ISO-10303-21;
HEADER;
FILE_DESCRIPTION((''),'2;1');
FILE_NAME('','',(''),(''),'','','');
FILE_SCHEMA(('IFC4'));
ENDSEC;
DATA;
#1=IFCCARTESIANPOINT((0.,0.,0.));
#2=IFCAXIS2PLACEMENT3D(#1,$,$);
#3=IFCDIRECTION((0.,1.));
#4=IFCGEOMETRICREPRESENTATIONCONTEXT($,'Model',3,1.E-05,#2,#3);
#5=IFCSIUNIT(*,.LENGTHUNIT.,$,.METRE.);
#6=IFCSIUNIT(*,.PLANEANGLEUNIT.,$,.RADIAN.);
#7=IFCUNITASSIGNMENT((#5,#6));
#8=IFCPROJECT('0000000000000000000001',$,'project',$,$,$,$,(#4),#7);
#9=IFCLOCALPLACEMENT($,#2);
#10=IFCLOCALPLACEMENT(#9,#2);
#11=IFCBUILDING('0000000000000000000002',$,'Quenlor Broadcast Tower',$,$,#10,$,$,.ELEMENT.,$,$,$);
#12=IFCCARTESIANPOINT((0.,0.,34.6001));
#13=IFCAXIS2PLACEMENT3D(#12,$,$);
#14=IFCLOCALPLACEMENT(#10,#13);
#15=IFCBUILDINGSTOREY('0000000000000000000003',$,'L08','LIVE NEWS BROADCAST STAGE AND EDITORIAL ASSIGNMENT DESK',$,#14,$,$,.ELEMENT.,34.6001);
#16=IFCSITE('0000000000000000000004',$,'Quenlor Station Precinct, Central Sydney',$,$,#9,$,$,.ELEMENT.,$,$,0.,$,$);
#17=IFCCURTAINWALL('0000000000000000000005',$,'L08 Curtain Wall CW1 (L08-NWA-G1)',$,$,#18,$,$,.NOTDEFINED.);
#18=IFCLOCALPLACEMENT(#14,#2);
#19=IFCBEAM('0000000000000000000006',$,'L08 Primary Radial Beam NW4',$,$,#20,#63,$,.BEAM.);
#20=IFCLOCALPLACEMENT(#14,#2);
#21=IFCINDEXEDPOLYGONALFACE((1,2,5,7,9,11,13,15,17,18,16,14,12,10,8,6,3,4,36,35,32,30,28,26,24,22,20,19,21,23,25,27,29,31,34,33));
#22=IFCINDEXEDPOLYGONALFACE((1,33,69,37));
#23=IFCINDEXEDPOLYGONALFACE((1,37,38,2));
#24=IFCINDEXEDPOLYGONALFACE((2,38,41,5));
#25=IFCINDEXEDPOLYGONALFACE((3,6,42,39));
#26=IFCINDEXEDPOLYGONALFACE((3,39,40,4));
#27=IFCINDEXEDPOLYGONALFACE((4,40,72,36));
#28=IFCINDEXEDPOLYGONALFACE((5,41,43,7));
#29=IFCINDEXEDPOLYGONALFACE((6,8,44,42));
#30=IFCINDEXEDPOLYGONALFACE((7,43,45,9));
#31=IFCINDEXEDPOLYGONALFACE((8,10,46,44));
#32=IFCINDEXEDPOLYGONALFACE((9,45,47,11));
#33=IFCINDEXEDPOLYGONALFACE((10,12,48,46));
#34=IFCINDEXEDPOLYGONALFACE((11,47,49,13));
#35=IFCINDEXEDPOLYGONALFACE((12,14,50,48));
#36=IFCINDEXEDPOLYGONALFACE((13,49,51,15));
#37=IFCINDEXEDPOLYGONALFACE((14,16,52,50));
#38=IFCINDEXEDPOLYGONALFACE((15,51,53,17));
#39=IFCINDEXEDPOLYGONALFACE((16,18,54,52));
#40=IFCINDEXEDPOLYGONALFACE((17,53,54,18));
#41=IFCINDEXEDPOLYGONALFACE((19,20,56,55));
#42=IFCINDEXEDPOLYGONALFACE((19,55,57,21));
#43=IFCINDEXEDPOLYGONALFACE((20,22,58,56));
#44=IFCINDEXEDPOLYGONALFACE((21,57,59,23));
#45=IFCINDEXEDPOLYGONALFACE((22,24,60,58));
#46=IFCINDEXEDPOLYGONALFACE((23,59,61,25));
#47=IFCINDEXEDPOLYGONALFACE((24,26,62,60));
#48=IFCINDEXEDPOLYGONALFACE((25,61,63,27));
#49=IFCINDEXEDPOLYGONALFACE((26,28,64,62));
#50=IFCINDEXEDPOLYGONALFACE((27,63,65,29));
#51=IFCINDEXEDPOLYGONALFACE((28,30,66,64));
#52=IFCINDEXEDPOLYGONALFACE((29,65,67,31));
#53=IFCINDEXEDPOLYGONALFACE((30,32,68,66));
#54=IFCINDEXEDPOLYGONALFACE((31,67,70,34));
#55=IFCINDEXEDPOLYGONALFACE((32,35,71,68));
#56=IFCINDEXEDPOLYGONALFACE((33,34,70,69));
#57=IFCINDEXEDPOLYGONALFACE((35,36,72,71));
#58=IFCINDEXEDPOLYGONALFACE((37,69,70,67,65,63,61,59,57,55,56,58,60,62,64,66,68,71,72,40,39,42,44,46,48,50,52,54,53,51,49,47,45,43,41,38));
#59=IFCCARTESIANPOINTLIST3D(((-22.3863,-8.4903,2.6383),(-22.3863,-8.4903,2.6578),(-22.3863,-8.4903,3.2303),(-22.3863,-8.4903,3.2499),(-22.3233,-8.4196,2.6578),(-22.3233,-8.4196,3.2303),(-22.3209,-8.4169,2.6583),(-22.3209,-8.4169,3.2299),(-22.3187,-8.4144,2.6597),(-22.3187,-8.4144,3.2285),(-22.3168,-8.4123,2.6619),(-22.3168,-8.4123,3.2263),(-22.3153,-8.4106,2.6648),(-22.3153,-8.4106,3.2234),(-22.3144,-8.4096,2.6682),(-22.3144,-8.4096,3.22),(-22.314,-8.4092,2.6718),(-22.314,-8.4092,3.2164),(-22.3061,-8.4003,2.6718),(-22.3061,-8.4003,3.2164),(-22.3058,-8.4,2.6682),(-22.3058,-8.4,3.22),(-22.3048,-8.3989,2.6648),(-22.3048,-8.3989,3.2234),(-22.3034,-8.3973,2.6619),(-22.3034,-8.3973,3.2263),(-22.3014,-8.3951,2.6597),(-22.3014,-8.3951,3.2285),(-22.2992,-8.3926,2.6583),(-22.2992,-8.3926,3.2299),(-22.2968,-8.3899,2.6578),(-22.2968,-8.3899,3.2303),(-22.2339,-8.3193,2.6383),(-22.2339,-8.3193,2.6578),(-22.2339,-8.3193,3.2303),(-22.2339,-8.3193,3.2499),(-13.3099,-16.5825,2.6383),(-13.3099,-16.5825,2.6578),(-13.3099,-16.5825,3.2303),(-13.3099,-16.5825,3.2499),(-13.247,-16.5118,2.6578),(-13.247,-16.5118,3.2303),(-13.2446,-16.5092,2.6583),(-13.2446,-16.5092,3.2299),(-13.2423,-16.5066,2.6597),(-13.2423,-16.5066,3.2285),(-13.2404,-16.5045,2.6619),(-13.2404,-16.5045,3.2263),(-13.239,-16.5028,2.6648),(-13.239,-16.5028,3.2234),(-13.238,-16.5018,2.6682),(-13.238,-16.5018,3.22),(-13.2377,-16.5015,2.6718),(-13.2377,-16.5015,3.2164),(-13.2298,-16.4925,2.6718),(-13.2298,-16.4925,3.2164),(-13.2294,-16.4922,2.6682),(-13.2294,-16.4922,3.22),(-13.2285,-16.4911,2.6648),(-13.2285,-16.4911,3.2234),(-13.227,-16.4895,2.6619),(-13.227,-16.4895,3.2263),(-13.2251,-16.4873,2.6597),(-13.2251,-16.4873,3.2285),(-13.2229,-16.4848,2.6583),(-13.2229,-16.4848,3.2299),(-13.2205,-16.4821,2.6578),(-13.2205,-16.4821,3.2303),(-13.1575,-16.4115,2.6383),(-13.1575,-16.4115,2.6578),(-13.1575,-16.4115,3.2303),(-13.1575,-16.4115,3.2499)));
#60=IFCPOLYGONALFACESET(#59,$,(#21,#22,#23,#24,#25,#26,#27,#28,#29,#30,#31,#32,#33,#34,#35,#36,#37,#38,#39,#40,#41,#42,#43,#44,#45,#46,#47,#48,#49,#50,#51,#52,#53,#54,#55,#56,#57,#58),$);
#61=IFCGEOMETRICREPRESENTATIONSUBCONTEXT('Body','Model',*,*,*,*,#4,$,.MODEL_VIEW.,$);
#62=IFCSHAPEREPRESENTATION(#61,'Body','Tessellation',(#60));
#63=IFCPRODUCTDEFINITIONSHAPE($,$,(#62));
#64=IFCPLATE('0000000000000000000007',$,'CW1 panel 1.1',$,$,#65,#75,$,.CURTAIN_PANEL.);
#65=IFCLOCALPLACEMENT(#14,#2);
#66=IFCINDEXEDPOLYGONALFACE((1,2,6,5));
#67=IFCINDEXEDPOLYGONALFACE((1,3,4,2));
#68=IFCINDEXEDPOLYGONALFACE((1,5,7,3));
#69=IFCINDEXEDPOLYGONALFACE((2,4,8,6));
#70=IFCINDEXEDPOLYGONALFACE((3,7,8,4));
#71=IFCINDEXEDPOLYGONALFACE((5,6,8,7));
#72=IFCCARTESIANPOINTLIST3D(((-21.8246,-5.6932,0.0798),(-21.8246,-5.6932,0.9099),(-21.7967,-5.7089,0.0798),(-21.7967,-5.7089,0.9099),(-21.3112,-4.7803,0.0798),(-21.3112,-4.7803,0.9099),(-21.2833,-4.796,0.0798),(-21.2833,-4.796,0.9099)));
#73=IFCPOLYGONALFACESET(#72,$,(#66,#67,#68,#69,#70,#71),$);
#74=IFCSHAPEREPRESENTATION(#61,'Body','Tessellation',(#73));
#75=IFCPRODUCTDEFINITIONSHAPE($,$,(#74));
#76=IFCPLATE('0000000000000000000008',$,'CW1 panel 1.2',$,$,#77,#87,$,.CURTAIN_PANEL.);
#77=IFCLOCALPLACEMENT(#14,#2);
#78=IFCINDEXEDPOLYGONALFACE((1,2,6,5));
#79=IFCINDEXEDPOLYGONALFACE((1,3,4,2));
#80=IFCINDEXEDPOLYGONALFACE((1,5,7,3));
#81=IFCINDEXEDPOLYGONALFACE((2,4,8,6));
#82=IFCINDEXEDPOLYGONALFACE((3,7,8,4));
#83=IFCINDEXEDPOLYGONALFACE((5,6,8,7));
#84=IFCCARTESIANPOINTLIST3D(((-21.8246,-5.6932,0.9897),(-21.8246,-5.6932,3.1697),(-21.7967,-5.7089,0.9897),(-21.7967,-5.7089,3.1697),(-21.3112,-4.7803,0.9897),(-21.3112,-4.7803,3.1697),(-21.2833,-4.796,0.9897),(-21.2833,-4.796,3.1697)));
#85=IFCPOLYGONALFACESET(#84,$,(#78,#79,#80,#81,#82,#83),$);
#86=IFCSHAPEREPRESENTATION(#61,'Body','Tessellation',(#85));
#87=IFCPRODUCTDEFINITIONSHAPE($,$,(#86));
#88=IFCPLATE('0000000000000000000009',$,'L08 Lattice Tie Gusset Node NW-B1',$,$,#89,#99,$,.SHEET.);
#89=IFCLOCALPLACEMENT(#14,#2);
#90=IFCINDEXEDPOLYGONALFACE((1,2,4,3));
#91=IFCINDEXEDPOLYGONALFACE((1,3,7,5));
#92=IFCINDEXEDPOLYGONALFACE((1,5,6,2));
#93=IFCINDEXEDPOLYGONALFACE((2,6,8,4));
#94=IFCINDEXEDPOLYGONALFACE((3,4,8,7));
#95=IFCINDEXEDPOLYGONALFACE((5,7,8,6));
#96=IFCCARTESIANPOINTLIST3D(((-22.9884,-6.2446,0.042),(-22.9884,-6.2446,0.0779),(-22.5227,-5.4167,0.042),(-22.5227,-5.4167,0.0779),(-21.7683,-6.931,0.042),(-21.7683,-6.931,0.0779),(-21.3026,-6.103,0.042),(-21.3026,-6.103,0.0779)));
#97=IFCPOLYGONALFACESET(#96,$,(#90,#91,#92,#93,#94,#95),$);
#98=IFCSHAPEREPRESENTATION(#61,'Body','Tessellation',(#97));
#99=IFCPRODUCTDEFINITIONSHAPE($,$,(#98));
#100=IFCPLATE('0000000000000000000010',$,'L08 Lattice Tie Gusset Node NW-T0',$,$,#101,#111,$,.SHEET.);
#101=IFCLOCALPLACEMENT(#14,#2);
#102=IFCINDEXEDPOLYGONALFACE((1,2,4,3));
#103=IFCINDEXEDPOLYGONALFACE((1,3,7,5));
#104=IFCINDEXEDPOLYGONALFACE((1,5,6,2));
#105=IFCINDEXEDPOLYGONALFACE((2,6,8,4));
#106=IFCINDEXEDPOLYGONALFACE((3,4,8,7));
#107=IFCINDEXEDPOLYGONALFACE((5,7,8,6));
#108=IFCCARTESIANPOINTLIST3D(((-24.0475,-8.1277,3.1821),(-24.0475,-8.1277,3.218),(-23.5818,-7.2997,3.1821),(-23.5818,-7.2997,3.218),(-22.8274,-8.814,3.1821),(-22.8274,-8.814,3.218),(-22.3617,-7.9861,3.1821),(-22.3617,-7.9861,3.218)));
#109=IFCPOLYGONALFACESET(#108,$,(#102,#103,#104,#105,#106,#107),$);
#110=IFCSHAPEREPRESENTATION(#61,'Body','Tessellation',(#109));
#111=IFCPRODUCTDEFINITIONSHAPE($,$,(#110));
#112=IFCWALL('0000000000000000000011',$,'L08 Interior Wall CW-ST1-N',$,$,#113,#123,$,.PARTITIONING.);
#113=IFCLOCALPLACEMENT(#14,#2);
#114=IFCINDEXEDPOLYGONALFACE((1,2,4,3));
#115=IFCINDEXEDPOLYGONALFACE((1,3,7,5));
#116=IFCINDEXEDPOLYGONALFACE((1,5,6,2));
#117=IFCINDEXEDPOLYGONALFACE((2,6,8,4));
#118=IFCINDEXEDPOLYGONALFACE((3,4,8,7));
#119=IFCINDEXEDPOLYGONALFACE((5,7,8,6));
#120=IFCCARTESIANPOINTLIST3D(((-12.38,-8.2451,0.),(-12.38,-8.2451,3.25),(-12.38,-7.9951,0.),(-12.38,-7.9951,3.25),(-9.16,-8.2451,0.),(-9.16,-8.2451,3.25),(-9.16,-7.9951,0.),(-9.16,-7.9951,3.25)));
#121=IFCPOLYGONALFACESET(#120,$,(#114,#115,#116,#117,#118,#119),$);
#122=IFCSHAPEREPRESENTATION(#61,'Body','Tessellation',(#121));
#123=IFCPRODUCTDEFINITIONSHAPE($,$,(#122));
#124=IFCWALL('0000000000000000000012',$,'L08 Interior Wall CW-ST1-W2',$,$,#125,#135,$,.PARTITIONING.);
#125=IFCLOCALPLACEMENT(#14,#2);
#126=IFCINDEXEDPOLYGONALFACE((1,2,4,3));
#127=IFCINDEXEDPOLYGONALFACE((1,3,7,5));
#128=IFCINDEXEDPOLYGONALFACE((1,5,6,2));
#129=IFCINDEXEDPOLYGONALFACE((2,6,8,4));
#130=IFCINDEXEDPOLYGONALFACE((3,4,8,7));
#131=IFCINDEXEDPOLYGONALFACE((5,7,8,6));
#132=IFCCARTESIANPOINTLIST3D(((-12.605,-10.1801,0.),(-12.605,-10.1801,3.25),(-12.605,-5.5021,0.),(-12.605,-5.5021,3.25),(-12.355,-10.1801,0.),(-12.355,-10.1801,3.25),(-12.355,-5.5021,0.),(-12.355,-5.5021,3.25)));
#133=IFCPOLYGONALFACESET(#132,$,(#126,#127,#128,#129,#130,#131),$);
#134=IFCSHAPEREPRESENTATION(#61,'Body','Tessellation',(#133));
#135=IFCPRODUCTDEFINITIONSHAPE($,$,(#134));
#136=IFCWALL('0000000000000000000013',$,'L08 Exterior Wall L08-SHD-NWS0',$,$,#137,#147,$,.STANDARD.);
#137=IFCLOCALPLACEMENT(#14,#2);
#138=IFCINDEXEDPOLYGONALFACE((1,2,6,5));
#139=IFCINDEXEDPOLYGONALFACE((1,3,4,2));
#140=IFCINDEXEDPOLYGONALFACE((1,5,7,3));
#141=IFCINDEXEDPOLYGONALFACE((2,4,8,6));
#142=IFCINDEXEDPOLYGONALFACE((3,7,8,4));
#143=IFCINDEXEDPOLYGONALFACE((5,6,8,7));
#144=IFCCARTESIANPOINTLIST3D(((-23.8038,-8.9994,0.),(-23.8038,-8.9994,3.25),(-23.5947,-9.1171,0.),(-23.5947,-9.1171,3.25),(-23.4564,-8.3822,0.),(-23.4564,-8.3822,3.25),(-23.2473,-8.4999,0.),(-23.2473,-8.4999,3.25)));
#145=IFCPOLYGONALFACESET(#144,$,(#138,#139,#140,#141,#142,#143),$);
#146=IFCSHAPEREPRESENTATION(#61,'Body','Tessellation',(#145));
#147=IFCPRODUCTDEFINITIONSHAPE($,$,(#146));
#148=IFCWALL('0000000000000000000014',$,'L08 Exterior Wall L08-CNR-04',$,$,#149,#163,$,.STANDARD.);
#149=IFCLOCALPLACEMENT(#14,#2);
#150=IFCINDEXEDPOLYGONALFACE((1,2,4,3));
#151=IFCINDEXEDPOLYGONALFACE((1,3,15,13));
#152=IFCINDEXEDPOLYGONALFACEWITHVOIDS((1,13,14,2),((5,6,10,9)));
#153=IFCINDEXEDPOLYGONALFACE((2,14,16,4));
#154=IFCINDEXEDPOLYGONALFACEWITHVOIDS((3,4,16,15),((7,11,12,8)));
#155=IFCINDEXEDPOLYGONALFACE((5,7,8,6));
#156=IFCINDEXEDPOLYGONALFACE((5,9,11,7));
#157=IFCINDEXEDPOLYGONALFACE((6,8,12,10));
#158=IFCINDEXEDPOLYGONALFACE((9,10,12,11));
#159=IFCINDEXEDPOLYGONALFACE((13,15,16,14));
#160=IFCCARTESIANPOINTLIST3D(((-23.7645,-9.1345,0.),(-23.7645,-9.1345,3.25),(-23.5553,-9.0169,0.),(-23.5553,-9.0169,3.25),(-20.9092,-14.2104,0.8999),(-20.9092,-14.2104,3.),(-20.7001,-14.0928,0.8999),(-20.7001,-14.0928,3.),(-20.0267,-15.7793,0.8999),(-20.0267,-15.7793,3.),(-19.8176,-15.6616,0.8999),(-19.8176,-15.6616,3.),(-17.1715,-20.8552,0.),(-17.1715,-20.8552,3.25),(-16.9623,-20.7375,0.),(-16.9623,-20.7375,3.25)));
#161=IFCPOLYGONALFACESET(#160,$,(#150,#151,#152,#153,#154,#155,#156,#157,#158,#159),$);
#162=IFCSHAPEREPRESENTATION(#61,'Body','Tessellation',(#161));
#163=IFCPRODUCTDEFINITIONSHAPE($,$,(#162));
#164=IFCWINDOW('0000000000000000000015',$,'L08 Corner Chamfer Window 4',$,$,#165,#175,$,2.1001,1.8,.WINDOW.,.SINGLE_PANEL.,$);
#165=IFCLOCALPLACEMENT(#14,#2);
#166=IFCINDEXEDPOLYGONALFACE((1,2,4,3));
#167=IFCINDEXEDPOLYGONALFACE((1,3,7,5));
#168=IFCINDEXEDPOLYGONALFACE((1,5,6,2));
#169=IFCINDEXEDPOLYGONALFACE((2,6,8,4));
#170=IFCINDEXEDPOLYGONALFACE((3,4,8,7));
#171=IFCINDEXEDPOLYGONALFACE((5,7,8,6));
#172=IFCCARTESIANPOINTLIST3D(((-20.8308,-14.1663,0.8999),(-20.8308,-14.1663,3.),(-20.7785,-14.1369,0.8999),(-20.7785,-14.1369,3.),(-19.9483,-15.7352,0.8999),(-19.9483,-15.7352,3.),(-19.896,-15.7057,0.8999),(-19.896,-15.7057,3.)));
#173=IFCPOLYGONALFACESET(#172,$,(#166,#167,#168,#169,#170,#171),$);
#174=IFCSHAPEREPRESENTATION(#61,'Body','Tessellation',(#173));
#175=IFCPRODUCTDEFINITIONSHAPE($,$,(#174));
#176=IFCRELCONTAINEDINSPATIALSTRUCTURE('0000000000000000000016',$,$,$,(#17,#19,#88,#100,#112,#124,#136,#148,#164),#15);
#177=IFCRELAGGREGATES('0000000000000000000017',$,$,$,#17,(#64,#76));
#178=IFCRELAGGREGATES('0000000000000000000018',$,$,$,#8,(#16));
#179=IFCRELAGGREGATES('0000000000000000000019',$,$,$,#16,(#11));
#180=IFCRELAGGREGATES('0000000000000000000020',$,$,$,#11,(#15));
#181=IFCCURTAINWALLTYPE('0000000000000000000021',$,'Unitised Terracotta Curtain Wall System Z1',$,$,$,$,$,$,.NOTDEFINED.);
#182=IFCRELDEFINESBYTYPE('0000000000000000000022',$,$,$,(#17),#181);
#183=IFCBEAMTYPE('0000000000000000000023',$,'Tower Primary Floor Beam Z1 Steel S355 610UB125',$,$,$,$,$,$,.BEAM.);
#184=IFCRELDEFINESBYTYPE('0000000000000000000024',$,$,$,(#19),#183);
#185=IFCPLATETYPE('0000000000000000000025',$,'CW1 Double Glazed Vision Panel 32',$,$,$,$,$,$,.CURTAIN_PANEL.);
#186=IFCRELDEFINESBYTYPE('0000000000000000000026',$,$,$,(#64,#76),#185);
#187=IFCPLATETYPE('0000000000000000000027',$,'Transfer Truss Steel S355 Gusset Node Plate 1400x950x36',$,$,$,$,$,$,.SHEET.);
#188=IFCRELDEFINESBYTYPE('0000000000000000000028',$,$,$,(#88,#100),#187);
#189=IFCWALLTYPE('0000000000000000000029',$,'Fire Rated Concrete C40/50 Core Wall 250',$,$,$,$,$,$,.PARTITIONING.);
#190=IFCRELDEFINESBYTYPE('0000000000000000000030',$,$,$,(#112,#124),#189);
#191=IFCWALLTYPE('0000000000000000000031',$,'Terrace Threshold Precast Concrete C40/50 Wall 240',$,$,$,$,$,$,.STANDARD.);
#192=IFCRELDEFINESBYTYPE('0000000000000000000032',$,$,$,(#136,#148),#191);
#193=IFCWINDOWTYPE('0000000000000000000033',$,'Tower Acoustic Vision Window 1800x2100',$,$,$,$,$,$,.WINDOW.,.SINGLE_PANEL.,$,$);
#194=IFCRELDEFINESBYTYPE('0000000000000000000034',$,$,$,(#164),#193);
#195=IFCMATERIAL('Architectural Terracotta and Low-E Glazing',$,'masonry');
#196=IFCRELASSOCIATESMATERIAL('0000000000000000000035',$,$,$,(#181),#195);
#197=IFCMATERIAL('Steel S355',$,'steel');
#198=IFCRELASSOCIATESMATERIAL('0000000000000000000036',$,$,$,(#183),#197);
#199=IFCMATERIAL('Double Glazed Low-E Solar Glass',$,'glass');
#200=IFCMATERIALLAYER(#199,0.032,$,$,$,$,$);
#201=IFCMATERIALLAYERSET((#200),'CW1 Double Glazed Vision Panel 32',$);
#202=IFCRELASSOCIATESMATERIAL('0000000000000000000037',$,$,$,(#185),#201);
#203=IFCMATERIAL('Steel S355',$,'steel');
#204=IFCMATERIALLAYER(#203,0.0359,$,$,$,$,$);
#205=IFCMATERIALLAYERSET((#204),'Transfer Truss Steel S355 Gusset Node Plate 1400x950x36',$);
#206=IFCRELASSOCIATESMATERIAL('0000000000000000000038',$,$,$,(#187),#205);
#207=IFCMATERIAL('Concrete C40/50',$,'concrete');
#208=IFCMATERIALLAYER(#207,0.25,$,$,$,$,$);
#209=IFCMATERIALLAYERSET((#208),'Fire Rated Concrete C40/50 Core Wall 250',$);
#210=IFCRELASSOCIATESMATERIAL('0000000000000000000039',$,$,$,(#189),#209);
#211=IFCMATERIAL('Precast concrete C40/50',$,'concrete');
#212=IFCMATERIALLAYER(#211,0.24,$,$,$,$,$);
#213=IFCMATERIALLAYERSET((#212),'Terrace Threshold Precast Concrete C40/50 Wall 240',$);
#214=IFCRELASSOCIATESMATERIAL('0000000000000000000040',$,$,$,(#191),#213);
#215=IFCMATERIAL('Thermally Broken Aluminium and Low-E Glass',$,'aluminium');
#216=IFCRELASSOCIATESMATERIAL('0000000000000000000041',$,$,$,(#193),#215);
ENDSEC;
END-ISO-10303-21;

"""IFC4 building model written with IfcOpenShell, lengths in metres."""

from ifc_helpers import new_model, si_unit, direction, frame, frame_2d, origin, origin_2d, place, context, subcontext, project, spatial, rectangle, i_section, extrude, material, layer, layer_set, material_profile, profile_set, type_object, element, fill, aggregate, save


model = new_model("IFC4")

# Units and contexts
model_context = context("Model", 3, precision=1e-05, world=origin(), true_north=direction((0.0, 1.0)))
body_context = subcontext(model_context, "Body", "Model", "MODEL_VIEW")
ifc_project = project(units=[si_unit("LENGTHUNIT", "METRE"), si_unit("PLANEANGLEUNIT", "RADIAN")], contexts=[model_context])

# Site, building, storey
site_placement = place(None, origin())
site = spatial("IfcSite", under=ifc_project, at=site_placement, Name="Quenlor Station Precinct, Central Sydney", CompositionType="ELEMENT", RefElevation=0.0)
building_placement = place(site_placement, origin())
building = spatial("IfcBuilding", under=site, at=building_placement, Name="Quenlor Broadcast Tower", CompositionType="ELEMENT")
storey_placement = place(building_placement, frame((0.0, 0.0, 34.6001)))
storey = spatial("IfcBuildingStorey", under=building, at=storey_placement, Name="L08", Description="LIVE NEWS BROADCAST STAGE AND EDITORIAL ASSIGNMENT DESK", CompositionType="ELEMENT", Elevation=34.6001)

# Curtain wall
ifc_material_1 = material(Name="Architectural Terracotta and Low-E Glazing", Category="masonry")
curtain_wall_type = type_object("IfcCurtainWallType", Name="Unitised Terracotta Curtain Wall System Z1", PredefinedType="NOTDEFINED", material=ifc_material_1)
curtain_wall_placement = place(storey_placement, origin())
curtain_wall = element("IfcCurtainWall", 1, at=curtain_wall_placement, inside=storey, type_object=curtain_wall_type, Name="L08 Curtain Wall CW1 (L08-NWA-G1)", PredefinedType="NOTDEFINED")

# Beam
ifc_material_2 = material(Name="Steel S355", Category="steel")
ifc_material_profile_1 = material_profile(ifc_material_2, i_section(OverallWidth=0.229, OverallDepth=0.6116, WebThickness=0.012, FlangeThickness=0.0195, FilletRadius=0.0139, at=origin_2d()))
ifc_profile_set_1 = profile_set([ifc_material_profile_1], Name="Steel S355 610UB125")
beam_type_1 = type_object("IfcBeamType", Name="Tower Primary Floor Beam Z1 Steel S355 610UB125", PredefinedType="BEAM", material=ifc_profile_set_1)
beam_1_placement = place(storey_placement, frame((-22.3101, -8.4048, 2.9441), z_axis=(0.746414, -0.665482, 0.0), x_axis=(0.665482, 0.746414, 0.0)))
element("IfcBeam", 2, at=beam_1_placement, inside=storey, type_object=beam_type_1, Name="L08 Primary Radial Beam NW4", PredefinedType="BEAM", context=body_context, shape_type="SweptSolid", body=[
    extrude(i_section(OverallWidth=0.229, OverallDepth=0.6116, WebThickness=0.012, FlangeThickness=0.0195, FilletRadius=0.0139, at=origin_2d()), origin(), (0.0, 0.0, 1.0), 12.1599),
])

# Plates
ifc_material_3 = material(Name="Double Glazed Low-E Solar Glass", Category="glass")
ifc_layer_1 = layer(ifc_material_3, 0.032)
ifc_layer_set_1 = layer_set([ifc_layer_1], Name="CW1 Double Glazed Vision Panel 32")
plate_type_1 = type_object("IfcPlateType", Name="CW1 Double Glazed Vision Panel 32", PredefinedType="CURTAIN_PANEL", material=ifc_layer_set_1)
plate_1_placement = place(storey_placement, frame((-21.554, -5.2446, 0.0798), z_axis=(0.0, 0.0, 1.0), x_axis=(0.490214, 0.871602, 0.0)))
plate_1 = element("IfcPlate", 3, at=plate_1_placement, type_object=plate_type_1, Name="CW1 panel 1.1", PredefinedType="CURTAIN_PANEL", context=body_context, shape_type="SweptSolid", body=[
    extrude(rectangle(XDim=1.0474, YDim=0.032, at=origin_2d()), origin(), (0.0, 0.0, 1.0), 0.8301),
])
plate_2_placement = place(storey_placement, frame((-21.554, -5.2446, 0.9897), z_axis=(0.0, 0.0, 1.0), x_axis=(0.490214, 0.871602, 0.0)))
plate_2 = element("IfcPlate", 4, at=plate_2_placement, type_object=plate_type_1, Name="CW1 panel 1.2", PredefinedType="CURTAIN_PANEL", context=body_context, shape_type="SweptSolid", body=[
    extrude(rectangle(XDim=1.0474, YDim=0.032, at=origin_2d()), origin(), (0.0, 0.0, 1.0), 2.1799),
])
aggregate(curtain_wall, [plate_1, plate_2])

# Plates
ifc_material_4 = material(Name="Steel S355", Category="steel")
ifc_layer_2 = layer(ifc_material_4, 0.0359)
ifc_layer_set_2 = layer_set([ifc_layer_2], Name="Transfer Truss Steel S355 Gusset Node Plate 1400x950x36")
plate_type_2 = type_object("IfcPlateType", Name="Transfer Truss Steel S355 Gusset Node Plate 1400x950x36", PredefinedType="SHEET", material=ifc_layer_set_2)
for number, where, z_axis, x_axis, name in (
    (5, (-22.1455, -6.1738, 0.042), (0.0, 0.0, 1.0), (-0.871556, 0.490295, 0.0), "L08 Lattice Tie Gusset Node NW-B1"),
    (6, (-23.2046, -8.0569, 3.1821), (0.0, 0.0, 1.0), (-0.871556, 0.490295, 0.0), "L08 Lattice Tie Gusset Node NW-T0"),
):
    element("IfcPlate", number, at=place(storey_placement, frame(where, z_axis=z_axis, x_axis=x_axis)), inside=storey, type_object=plate_type_2, Name=name, PredefinedType="SHEET", context=body_context, shape_type="SweptSolid", body=[
        extrude(rectangle(XDim=1.3999, YDim=0.95, at=origin_2d()), origin(), (0.0, 0.0, 1.0), 0.0359),
    ])

# Walls
ifc_material_5 = material(Name="Concrete C40/50", Category="concrete")
ifc_layer_3 = layer(ifc_material_5, 0.25)
ifc_layer_set_3 = layer_set([ifc_layer_3], Name="Fire Rated Concrete C40/50 Core Wall 250")
wall_type_1 = type_object("IfcWallType", Name="Fire Rated Concrete C40/50 Core Wall 250", PredefinedType="PARTITIONING", material=ifc_layer_set_3)
wall_1_placement = place(storey_placement, frame((-12.3799, -8.1201, 0.0), z_axis=(0.0, 0.0, 1.0), x_axis=(1.0, 0.0, 0.0)))
element("IfcWall", 7, at=wall_1_placement, inside=storey, type_object=wall_type_1, Name="L08 Interior Wall CW-ST1-N", PredefinedType="PARTITIONING", context=body_context, shape_type="SweptSolid", body=[
    extrude(rectangle(XDim=3.22, YDim=0.25, at=frame_2d((1.6099, 0.0))), origin(), (0.0, 0.0, 1.0), 3.25),
])
wall_2_placement = place(storey_placement, frame((-12.48, -10.1799, 0.0), z_axis=(0.0, 0.0, 1.0), x_axis=(0.0, 1.0, 0.0)))
element("IfcWall", 8, at=wall_2_placement, inside=storey, type_object=wall_type_1, Name="L08 Interior Wall CW-ST1-W2", PredefinedType="PARTITIONING", context=body_context, shape_type="SweptSolid", body=[
    extrude(rectangle(XDim=4.678, YDim=0.25, at=frame_2d((2.3389, 0.0))), origin(), (0.0, 0.0, 1.0), 3.25),
])

# Wall
ifc_material_6 = material(Name="Precast concrete C40/50", Category="concrete")
ifc_layer_4 = layer(ifc_material_6, 0.24)
ifc_layer_set_4 = layer_set([ifc_layer_4], Name="Terrace Threshold Precast Concrete C40/50 Wall 240")
wall_type_2 = type_object("IfcWallType", Name="Terrace Threshold Precast Concrete C40/50 Wall 240", PredefinedType="STANDARD", material=ifc_layer_set_4)
wall_3_placement = place(storey_placement, frame((-23.6992, -9.0581, 0.0), z_axis=(0.0, 0.0, 1.0), x_axis=(0.490523, 0.871428, 0.0)))
element("IfcWall", 9, at=wall_3_placement, inside=storey, type_object=wall_type_2, Name="L08 Exterior Wall L08-SHD-NWS0", PredefinedType="STANDARD", context=body_context, shape_type="SweptSolid", body=[
    extrude(rectangle(XDim=0.7083, YDim=0.24, at=frame_2d((0.354, 0.0))), origin(), (0.0, 0.0, 1.0), 3.25),
])

# Wall, opening, window
wall_4_placement = place(storey_placement, frame((-23.6599, -9.0757, 0.0), z_axis=(0.0, 0.0, 1.0), x_axis=(0.490268, -0.871572, 0.0)))
wall_4 = element("IfcWall", 10, at=wall_4_placement, inside=storey, type_object=wall_type_2, Name="L08 Exterior Wall L08-CNR-04", PredefinedType="STANDARD", context=body_context, shape_type="SweptSolid", body=[
    extrude(rectangle(XDim=13.4478, YDim=0.24, at=frame_2d((6.7239, 0.0))), origin(), (0.0, 0.0, 1.0), 3.25),
])
opening_1_placement = place(wall_4_placement, frame((5.824, 0.0, 0.8999)))
opening_1 = element("IfcOpeningElement", 11, at=opening_1_placement, cuts=wall_4, PredefinedType="OPENING", context=body_context, shape_type="SweptSolid", body=[
    extrude(rectangle(XDim=1.8, YDim=2.1001, at=frame_2d((0.8999, 1.05))), frame((0.0, 0.1299, 0.0), z_axis=(0.0, -1.0, 0.0), x_axis=(1.0, 0.0, 0.0)), (0.0, 0.0, 1.0), 0.26),
])
ifc_material_7 = material(Name="Thermally Broken Aluminium and Low-E Glass", Category="aluminium")
window_type = type_object("IfcWindowType", Name="Tower Acoustic Vision Window 1800x2100", PartitioningType="SINGLE_PANEL", PredefinedType="WINDOW", material=ifc_material_7)
window_placement = place(opening_1_placement, origin())
window = element("IfcWindow", 12, at=window_placement, inside=storey, type_object=window_type, Name="L08 Corner Chamfer Window 4", OverallHeight=2.1001, OverallWidth=1.8, PartitioningType="SINGLE_PANEL", PredefinedType="WINDOW", context=body_context, shape_type="SweptSolid", body=[
    extrude(rectangle(XDim=1.8, YDim=2.1001, at=frame_2d((0.8999, 1.05))), frame((0.0, 0.03, 0.0), z_axis=(0.0, -1.0, 0.0), x_axis=(1.0, 0.0, 0.0)), (0.0, 0.0, 1.0), 0.0601),
])
fill(opening_1, window)

save(model, "model.ifc")
